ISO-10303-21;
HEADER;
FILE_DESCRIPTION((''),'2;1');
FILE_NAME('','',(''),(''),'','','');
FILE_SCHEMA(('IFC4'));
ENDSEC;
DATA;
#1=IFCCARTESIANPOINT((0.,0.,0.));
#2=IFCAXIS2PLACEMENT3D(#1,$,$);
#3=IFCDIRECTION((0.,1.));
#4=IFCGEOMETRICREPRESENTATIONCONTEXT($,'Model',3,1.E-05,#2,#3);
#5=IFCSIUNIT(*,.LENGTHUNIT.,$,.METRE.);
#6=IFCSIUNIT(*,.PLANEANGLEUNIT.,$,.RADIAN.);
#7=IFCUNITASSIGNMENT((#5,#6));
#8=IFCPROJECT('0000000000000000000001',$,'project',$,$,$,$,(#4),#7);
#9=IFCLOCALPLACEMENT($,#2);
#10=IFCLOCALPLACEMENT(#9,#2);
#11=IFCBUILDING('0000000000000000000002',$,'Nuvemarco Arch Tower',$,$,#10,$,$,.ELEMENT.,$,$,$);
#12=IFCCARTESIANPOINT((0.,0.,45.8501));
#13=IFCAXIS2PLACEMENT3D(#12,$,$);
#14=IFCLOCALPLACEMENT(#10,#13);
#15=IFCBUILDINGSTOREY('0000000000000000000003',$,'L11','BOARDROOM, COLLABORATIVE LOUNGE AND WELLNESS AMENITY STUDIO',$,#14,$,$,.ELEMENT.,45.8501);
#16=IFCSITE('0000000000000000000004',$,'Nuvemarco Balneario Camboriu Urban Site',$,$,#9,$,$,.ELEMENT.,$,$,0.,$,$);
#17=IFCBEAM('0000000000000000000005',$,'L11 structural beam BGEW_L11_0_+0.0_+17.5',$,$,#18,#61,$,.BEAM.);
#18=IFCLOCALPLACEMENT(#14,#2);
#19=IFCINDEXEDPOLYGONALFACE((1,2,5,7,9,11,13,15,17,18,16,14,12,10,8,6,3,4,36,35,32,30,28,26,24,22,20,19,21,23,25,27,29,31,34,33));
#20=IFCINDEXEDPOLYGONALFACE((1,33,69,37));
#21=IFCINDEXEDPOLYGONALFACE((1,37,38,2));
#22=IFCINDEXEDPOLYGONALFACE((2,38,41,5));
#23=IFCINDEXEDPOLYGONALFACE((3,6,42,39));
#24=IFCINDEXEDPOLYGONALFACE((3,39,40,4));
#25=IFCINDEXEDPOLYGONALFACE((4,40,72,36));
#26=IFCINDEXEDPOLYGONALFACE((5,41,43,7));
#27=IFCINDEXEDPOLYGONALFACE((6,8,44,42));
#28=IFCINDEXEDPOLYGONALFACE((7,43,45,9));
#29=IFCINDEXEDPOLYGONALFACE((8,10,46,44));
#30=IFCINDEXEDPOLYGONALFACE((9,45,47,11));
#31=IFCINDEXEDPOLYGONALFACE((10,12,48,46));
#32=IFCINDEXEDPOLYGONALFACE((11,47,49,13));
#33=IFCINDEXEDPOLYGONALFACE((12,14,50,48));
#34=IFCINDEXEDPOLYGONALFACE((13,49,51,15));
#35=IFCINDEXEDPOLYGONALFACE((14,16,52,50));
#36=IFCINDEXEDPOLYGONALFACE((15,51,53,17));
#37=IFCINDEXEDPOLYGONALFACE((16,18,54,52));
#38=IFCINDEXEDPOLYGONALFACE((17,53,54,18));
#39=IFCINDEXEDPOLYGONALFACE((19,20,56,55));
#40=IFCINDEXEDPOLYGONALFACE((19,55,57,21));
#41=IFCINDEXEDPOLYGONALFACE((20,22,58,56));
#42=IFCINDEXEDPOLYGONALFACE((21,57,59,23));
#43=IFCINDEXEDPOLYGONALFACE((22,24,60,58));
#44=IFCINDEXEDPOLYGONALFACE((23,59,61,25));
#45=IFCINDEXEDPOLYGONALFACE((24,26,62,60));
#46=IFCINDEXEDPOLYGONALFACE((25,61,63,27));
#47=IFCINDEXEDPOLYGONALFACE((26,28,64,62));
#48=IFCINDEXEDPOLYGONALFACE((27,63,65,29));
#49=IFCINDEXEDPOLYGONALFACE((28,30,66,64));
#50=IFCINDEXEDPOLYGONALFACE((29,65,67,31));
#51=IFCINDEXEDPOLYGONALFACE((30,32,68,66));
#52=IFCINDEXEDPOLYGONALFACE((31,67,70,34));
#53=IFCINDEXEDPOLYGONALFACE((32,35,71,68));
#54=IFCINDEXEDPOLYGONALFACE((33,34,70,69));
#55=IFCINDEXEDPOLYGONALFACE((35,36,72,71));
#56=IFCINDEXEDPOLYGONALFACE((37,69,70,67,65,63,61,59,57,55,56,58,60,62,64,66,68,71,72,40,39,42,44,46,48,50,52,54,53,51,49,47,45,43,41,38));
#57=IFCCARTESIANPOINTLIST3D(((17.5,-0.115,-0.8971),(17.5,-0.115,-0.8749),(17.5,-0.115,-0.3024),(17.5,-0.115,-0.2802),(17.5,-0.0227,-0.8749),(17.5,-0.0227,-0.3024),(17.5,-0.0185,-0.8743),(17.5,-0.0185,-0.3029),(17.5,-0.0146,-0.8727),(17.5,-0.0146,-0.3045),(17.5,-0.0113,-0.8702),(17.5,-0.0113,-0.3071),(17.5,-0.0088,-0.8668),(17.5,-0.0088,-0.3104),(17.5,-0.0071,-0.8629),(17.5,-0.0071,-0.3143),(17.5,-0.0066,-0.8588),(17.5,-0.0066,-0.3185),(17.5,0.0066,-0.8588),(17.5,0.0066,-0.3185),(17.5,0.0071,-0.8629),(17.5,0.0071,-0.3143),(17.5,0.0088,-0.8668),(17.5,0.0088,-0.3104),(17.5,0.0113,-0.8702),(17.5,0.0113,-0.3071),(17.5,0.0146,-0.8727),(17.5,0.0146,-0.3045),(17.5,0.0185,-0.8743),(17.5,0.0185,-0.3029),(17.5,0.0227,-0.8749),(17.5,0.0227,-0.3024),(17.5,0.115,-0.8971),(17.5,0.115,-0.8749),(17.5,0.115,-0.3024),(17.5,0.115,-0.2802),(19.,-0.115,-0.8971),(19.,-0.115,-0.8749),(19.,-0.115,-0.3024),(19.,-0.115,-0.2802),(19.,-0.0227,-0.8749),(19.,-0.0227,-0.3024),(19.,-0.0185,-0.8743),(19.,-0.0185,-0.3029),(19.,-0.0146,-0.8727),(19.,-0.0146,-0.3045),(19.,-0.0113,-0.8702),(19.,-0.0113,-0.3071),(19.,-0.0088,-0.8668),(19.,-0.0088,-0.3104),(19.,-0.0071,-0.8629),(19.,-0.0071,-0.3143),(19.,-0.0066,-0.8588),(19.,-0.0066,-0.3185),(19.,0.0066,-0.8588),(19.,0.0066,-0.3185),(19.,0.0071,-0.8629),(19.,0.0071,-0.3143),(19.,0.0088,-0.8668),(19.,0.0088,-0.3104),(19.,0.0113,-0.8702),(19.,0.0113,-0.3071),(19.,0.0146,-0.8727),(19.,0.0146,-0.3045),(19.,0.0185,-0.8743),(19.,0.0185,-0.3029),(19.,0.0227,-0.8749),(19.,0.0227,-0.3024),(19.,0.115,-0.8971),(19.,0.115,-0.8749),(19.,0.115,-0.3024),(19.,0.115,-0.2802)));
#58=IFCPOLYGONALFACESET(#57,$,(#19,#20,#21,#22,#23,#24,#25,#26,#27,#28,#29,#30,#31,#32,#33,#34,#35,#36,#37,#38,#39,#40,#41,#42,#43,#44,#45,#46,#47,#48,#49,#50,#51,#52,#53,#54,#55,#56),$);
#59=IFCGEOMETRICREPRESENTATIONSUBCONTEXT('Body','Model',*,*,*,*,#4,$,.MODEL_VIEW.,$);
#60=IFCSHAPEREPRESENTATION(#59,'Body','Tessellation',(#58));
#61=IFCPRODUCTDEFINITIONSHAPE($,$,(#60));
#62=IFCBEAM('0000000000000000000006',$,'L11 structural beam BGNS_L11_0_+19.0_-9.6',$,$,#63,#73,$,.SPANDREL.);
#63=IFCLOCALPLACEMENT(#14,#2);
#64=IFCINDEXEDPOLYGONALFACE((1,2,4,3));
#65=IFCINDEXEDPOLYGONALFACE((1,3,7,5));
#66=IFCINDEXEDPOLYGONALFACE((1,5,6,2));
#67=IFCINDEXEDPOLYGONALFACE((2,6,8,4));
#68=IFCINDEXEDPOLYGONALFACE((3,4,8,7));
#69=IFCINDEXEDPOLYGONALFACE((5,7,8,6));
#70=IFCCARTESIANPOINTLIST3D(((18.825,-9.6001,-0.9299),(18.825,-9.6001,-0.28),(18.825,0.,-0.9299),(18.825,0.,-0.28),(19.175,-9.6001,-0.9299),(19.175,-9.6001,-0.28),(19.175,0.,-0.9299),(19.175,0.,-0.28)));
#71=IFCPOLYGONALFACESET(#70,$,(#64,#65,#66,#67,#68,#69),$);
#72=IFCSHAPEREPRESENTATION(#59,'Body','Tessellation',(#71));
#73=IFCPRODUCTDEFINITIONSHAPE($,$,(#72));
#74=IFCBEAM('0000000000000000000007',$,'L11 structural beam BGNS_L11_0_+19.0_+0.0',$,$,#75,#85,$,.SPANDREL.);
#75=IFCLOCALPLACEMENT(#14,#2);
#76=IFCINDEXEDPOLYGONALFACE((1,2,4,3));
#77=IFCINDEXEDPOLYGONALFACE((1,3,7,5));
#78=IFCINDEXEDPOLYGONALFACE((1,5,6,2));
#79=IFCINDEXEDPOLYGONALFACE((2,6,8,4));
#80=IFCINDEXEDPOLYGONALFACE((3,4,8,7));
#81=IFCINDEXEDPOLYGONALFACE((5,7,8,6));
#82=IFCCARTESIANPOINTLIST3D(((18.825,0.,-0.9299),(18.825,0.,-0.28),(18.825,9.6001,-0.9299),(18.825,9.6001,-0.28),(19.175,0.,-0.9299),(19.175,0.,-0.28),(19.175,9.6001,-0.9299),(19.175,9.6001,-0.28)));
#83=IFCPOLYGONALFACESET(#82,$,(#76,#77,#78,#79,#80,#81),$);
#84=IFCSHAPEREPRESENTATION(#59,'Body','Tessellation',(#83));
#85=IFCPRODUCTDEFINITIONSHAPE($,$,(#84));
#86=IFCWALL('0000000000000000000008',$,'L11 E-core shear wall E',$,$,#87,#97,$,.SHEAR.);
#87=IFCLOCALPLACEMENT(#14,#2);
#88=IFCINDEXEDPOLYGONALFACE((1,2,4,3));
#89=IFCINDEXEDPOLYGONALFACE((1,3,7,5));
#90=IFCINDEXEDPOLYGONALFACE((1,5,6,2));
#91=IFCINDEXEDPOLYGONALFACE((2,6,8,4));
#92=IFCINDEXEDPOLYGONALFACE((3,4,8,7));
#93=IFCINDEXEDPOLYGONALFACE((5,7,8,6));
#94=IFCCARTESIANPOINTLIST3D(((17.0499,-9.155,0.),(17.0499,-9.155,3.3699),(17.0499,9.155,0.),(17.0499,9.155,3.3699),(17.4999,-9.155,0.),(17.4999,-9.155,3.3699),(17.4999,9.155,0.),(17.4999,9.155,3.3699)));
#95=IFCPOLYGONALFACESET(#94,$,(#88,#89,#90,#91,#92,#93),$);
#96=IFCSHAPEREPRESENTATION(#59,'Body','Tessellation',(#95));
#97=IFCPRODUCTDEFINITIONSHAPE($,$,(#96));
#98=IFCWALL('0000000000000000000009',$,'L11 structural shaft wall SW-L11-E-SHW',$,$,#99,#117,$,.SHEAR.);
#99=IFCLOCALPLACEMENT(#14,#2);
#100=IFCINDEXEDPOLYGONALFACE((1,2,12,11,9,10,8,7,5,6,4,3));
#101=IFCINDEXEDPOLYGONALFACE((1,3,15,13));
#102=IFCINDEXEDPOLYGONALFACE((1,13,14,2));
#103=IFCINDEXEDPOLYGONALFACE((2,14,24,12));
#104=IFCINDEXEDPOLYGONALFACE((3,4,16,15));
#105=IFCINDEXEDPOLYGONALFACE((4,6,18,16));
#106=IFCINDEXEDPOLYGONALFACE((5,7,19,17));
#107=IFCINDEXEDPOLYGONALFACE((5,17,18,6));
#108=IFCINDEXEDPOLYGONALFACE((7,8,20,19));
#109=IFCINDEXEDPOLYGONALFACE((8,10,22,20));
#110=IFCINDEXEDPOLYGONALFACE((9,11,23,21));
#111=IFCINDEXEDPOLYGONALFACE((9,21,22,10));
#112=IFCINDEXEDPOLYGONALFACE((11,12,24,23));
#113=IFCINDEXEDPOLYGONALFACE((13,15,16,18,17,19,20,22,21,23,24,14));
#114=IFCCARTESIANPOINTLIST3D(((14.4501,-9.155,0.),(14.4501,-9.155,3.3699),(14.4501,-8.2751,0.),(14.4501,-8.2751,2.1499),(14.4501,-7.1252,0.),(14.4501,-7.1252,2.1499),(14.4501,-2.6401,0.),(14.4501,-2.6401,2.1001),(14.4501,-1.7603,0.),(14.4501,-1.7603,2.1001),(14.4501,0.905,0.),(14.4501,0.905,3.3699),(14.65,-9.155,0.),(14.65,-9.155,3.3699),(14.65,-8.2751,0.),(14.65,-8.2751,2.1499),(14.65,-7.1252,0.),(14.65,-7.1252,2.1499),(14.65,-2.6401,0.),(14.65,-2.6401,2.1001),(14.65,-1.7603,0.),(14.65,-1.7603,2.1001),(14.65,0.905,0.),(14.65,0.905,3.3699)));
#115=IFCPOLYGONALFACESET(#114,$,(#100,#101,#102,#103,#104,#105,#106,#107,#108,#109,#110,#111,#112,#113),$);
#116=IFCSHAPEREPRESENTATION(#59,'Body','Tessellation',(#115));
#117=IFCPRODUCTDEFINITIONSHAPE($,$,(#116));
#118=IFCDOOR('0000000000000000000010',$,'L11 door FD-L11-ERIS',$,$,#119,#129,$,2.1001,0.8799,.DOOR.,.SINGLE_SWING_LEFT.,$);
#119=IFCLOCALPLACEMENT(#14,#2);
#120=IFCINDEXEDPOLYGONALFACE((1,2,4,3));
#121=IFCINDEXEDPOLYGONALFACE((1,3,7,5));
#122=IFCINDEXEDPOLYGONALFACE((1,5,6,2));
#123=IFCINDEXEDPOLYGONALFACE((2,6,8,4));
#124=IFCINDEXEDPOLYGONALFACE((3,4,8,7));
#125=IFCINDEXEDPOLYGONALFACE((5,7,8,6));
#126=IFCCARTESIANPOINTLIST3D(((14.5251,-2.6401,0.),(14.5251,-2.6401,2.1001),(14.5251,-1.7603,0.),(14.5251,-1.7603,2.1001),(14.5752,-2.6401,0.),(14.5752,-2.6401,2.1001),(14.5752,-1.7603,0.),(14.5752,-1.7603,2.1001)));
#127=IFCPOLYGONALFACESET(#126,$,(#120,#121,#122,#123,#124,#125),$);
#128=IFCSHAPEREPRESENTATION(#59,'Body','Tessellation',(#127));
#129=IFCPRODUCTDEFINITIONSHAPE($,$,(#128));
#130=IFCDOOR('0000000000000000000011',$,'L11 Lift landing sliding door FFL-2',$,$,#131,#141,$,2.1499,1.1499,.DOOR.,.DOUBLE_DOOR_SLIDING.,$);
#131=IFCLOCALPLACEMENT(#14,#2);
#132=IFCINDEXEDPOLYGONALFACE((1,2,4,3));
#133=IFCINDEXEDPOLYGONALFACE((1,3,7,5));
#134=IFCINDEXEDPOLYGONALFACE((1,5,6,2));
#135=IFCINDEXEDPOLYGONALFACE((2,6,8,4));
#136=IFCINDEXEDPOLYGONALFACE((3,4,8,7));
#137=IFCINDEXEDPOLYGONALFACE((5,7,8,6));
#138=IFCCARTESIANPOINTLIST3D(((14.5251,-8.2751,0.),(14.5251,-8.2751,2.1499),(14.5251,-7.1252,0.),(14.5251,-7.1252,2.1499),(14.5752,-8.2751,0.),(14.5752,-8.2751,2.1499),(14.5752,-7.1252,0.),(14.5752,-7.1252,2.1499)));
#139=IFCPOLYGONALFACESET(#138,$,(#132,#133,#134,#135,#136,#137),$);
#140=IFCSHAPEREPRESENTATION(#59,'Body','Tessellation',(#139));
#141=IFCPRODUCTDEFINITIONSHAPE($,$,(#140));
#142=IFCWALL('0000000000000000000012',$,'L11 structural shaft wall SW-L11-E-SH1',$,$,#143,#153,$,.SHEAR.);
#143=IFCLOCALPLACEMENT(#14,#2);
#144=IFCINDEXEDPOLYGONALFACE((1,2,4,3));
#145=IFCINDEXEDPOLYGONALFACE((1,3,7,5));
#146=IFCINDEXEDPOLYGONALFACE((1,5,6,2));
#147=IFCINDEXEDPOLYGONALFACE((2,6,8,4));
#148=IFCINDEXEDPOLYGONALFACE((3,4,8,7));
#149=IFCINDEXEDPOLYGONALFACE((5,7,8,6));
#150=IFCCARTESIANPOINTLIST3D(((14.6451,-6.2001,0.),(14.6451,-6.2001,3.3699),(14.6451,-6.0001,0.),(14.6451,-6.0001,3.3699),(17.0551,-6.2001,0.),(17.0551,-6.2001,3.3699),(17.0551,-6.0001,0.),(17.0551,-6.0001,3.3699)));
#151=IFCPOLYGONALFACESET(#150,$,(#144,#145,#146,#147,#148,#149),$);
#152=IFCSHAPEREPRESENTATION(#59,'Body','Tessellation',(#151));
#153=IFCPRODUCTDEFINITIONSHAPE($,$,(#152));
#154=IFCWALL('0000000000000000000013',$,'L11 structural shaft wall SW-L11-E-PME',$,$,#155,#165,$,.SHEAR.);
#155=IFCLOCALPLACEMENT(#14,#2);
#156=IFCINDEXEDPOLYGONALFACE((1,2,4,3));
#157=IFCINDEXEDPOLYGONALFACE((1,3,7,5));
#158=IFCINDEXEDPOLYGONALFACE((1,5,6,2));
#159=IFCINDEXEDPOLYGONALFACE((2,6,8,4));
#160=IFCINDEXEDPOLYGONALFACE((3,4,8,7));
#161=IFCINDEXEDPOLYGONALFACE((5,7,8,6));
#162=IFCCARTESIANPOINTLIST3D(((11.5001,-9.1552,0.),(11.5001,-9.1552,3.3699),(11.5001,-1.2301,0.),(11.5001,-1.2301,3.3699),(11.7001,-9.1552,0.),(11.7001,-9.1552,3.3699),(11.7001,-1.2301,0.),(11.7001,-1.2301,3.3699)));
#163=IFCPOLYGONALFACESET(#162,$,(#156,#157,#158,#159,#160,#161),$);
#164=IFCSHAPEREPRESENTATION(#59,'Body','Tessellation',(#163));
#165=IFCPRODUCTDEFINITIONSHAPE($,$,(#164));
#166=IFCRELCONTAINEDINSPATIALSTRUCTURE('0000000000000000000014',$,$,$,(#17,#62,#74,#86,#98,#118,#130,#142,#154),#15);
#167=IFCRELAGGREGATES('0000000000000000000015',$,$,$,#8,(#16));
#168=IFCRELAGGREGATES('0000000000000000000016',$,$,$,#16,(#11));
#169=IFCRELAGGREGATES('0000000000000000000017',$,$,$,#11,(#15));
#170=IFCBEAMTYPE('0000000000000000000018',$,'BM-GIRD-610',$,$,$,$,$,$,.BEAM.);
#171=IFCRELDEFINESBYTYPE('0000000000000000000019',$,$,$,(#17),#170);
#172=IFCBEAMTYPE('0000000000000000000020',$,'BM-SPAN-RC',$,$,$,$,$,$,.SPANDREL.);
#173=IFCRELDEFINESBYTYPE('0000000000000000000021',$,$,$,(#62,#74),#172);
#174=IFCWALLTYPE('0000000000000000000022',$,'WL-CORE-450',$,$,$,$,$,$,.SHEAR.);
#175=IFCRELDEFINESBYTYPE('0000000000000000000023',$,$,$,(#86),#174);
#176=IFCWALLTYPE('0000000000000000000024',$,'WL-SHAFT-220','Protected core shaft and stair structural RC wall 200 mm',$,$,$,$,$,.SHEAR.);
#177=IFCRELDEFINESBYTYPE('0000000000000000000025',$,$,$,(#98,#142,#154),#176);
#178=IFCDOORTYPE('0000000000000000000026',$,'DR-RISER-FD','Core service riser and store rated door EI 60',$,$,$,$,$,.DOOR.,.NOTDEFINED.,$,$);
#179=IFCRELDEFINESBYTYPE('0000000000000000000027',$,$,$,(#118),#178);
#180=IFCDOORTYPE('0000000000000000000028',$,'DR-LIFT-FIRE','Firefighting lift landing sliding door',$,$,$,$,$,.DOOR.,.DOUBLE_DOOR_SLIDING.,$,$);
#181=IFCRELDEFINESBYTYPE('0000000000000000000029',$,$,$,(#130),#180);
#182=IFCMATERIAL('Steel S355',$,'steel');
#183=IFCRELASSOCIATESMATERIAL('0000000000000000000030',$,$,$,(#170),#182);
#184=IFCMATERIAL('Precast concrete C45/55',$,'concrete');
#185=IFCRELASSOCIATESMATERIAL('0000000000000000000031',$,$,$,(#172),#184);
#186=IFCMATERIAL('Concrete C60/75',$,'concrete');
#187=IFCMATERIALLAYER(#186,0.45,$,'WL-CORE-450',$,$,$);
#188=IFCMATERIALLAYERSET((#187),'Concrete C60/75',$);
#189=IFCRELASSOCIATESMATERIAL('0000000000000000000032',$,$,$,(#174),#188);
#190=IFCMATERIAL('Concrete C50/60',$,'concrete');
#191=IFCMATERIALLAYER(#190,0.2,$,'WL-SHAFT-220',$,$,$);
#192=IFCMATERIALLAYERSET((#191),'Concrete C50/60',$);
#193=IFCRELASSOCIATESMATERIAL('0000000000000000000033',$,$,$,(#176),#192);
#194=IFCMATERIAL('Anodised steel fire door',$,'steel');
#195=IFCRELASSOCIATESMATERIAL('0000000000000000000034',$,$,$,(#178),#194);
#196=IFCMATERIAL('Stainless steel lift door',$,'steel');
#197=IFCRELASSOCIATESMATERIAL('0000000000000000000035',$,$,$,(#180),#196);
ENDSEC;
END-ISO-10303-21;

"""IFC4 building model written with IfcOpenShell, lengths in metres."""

from ifc_helpers import new_model, si_unit, direction, frame, frame_2d, origin, origin_2d, place, context, subcontext, project, spatial, rectangle, i_section, extrude, source, transform, mapped, material, layer, layer_set, material_profile, profile_set, type_object, type_shapes, element, fill, save


model = new_model("IFC4")

# Units and contexts
model_context = context("Model", 3, precision=1e-05, world=origin(), true_north=direction((0.0, 1.0)))
body_context = subcontext(model_context, "Body", "Model", "MODEL_VIEW")
ifc_project = project(units=[si_unit("LENGTHUNIT", "METRE"), si_unit("PLANEANGLEUNIT", "RADIAN")], contexts=[model_context])

# Site, building, storey
site_placement = place(None, origin())
site = spatial("IfcSite", under=ifc_project, at=site_placement, Name="Nuvemarco Balneario Camboriu Urban Site", CompositionType="ELEMENT", RefElevation=0.0)
building_placement = place(site_placement, origin())
building = spatial("IfcBuilding", under=site, at=building_placement, Name="Nuvemarco Arch Tower", CompositionType="ELEMENT")
storey_placement = place(building_placement, frame((0.0, 0.0, 45.8501)))
storey = spatial("IfcBuildingStorey", under=building, at=storey_placement, Name="L11", Description="BOARDROOM, COLLABORATIVE LOUNGE AND WELLNESS AMENITY STUDIO", CompositionType="ELEMENT", Elevation=45.8501)

# Shared definitions
ifc_material_1 = material(Name="Concrete C60/75", Category="concrete")

# Beams
ifc_material_2 = material(Name="Steel S355", Category="steel")
ifc_material_profile_1 = material_profile(ifc_material_2, i_section(OverallWidth=0.23, OverallDepth=0.6169, WebThickness=0.0132, FlangeThickness=0.0222, FilletRadius=0.0161, at=origin_2d()), Name="W610x140")
ifc_profile_set_1 = profile_set([ifc_material_profile_1], Name="Steel S355")
beam_type_1 = type_object("IfcBeamType", Name="BM-GIRD-610", PredefinedType="BEAM", material=ifc_profile_set_1)
for number, where, z_axis, x_axis, name in (
    (1, (17.5, 0.0, -0.5886), (1.0, 0.0, 0.0), (0.0, 1.0, 0.0), "L11 structural beam BGEW_L11_0_+0.0_+17.5"),
):
    element("IfcBeam", number, at=place(storey_placement, frame(where, z_axis=z_axis, x_axis=x_axis)), inside=storey, type_object=beam_type_1, Name=name, PredefinedType="BEAM", context=body_context, shape_type="SweptSolid", body=[
        extrude(i_section(OverallWidth=0.23, OverallDepth=0.6169, WebThickness=0.0132, FlangeThickness=0.0222, FilletRadius=0.0161, at=origin_2d()), origin(), (0.0, 0.0, 1.0), 1.5),
    ])
ifc_material_3 = material(Name="Precast concrete C45/55", Category="concrete")
ifc_material_profile_2 = material_profile(ifc_material_3, rectangle(XDim=0.3501, YDim=0.6499, at=origin_2d()), Name="PC-SP-350x650")
ifc_profile_set_2 = profile_set([ifc_material_profile_2], Name="Precast concrete C45/55")
beam_type_2 = type_object("IfcBeamType", Name="BM-SPAN-RC", PredefinedType="SPANDREL", material=ifc_profile_set_2)
for number, where, z_axis, x_axis, name in (
    (2, (19.0, -9.6001, -0.605), (0.0, 1.0, 0.0), (-1.0, 0.0, 0.0), "L11 structural beam BGNS_L11_0_+19.0_-9.6"),
    (3, (19.0, 0.0, -0.605), (0.0, 1.0, 0.0), (-1.0, 0.0, 0.0), "L11 structural beam BGNS_L11_0_+19.0_+0.0"),
):
    element("IfcBeam", number, at=place(storey_placement, frame(where, z_axis=z_axis, x_axis=x_axis)), inside=storey, type_object=beam_type_2, Name=name, PredefinedType="SPANDREL", context=body_context, shape_type="SweptSolid", body=[
        extrude(rectangle(XDim=0.3501, YDim=0.6499, at=origin_2d()), origin(), (0.0, 0.0, 1.0), 9.6001),
    ])

# Wall
ifc_layer_1 = layer(ifc_material_1, 0.45, Name="WL-CORE-450")
ifc_layer_set_1 = layer_set([ifc_layer_1], Name="Concrete C60/75")
wall_type_1 = type_object("IfcWallType", Name="WL-CORE-450", PredefinedType="SHEAR", material=ifc_layer_set_1)
wall_1_placement = place(storey_placement, frame((17.2749, -9.155, 0.0), z_axis=(0.0, 0.0, 1.0), x_axis=(0.0, 1.0, 0.0)))
element("IfcWall", 4, at=wall_1_placement, inside=storey, type_object=wall_type_1, Name="L11 E-core shear wall E", PredefinedType="SHEAR", context=body_context, shape_type="SweptSolid", body=[
    extrude(rectangle(XDim=18.3101, YDim=0.45, at=frame_2d((9.155, 0.0))), origin(), (0.0, 0.0, 1.0), 3.3699),
])

# Wall, openings, doors
ifc_material_4 = material(Name="Concrete C50/60", Category="concrete")
ifc_layer_2 = layer(ifc_material_4, 0.2, Name="WL-SHAFT-220")
ifc_layer_set_2 = layer_set([ifc_layer_2], Name="Concrete C50/60")
wall_type_2 = type_object("IfcWallType", Name="WL-SHAFT-220", Description="Protected core shaft and stair structural RC wall 200 mm", PredefinedType="SHEAR", material=ifc_layer_set_2)
wall_2_placement = place(storey_placement, frame((14.55, -9.155, 0.0), z_axis=(0.0, 0.0, 1.0), x_axis=(0.0, 1.0, 0.0)))
wall_2 = element("IfcWall", 5, at=wall_2_placement, inside=storey, type_object=wall_type_2, Name="L11 structural shaft wall SW-L11-E-SHW", PredefinedType="SHEAR", context=body_context, shape_type="SweptSolid", body=[
    extrude(rectangle(XDim=10.0601, YDim=0.2, at=frame_2d((5.03, 0.0))), origin(), (0.0, 0.0, 1.0), 3.3699),
])
opening_1_placement = place(wall_2_placement, frame((6.5149, 0.0, 0.0)))
opening_1 = element("IfcOpeningElement", 6, at=opening_1_placement, cuts=wall_2, PredefinedType="OPENING", context=body_context, shape_type="SweptSolid", body=[
    extrude(rectangle(XDim=0.8799, YDim=2.1001, at=frame_2d((0.4399, 1.05))), frame((0.0, 0.1099, 0.0), z_axis=(0.0, -1.0, 0.0), x_axis=(1.0, 0.0, 0.0)), (0.0, 0.0, 1.0), 0.22),
])
opening_2_placement = place(wall_2_placement, frame((0.8799, 0.0, 0.0)))
opening_2 = element("IfcOpeningElement", 7, at=opening_2_placement, cuts=wall_2, PredefinedType="OPENING", context=body_context, shape_type="SweptSolid", body=[
    extrude(rectangle(XDim=1.1499, YDim=2.1499, at=frame_2d((0.575, 1.075))), frame((0.0, 0.1099, 0.0), z_axis=(0.0, -1.0, 0.0), x_axis=(1.0, 0.0, 0.0)), (0.0, 0.0, 1.0), 0.22),
])
ifc_material_5 = material(Name="Anodised steel fire door", Category="steel")
door_type_1 = type_object("IfcDoorType", Name="DR-RISER-FD", Description="Core service riser and store rated door EI 60", OperationType="NOTDEFINED", PredefinedType="DOOR", material=ifc_material_5)
shared_shape_1 = source(origin(), body_context, "Body", "SweptSolid", [
    extrude(rectangle(XDim=0.8799, YDim=2.1001, at=frame_2d((0.4399, 1.05))), frame((0.0, 0.0249, 0.0), z_axis=(0.0, -1.0, 0.0), x_axis=(1.0, 0.0, 0.0)), (0.0, 0.0, 1.0), 0.05),
])
type_shapes(door_type_1, [shared_shape_1])
door_1_placement = place(opening_1_placement, origin())
door_1 = element("IfcDoor", 8, at=door_1_placement, inside=storey, type_object=door_type_1, Name="L11 door FD-L11-ERIS", OperationType="SINGLE_SWING_LEFT", OverallHeight=2.1001, OverallWidth=0.8799, PredefinedType="DOOR", context=body_context, shape_type="MappedRepresentation", body=[
    mapped(shared_shape_1, transform((0.0, 0.0, 0.0), scale=1.0)),
])
fill(opening_1, door_1)
ifc_material_6 = material(Name="Stainless steel lift door", Category="steel")
door_type_2 = type_object("IfcDoorType", Name="DR-LIFT-FIRE", Description="Firefighting lift landing sliding door", OperationType="DOUBLE_DOOR_SLIDING", PredefinedType="DOOR", material=ifc_material_6)
shared_shape_2 = source(origin(), body_context, "Body", "SweptSolid", [
    extrude(rectangle(XDim=1.1499, YDim=2.1499, at=frame_2d((0.575, 1.075))), frame((0.0, 0.0249, 0.0), z_axis=(0.0, -1.0, 0.0), x_axis=(1.0, 0.0, 0.0)), (0.0, 0.0, 1.0), 0.05),
])
type_shapes(door_type_2, [shared_shape_2])
door_2_placement = place(opening_2_placement, origin())
door_2 = element("IfcDoor", 9, at=door_2_placement, inside=storey, type_object=door_type_2, Name="L11 Lift landing sliding door FFL-2", OperationType="DOUBLE_DOOR_SLIDING", OverallHeight=2.1499, OverallWidth=1.1499, PredefinedType="DOOR", context=body_context, shape_type="MappedRepresentation", body=[
    mapped(shared_shape_2, transform((0.0, 0.0, 0.0), scale=1.0)),
])
fill(opening_2, door_2)

# Walls
wall_3_placement = place(storey_placement, frame((14.645, -6.1001, 0.0), z_axis=(0.0, 0.0, 1.0), x_axis=(1.0, 0.0, 0.0)))
element("IfcWall", 10, at=wall_3_placement, inside=storey, type_object=wall_type_2, Name="L11 structural shaft wall SW-L11-E-SH1", PredefinedType="SHEAR", context=body_context, shape_type="SweptSolid", body=[
    extrude(rectangle(XDim=2.4099, YDim=0.2, at=frame_2d((1.2051, 0.0))), origin(), (0.0, 0.0, 1.0), 3.3699),
])
wall_4_placement = place(storey_placement, frame((11.6001, -9.155, 0.0), z_axis=(0.0, 0.0, 1.0), x_axis=(0.0, 1.0, 0.0)))
element("IfcWall", 11, at=wall_4_placement, inside=storey, type_object=wall_type_2, Name="L11 structural shaft wall SW-L11-E-PME", PredefinedType="SHEAR", context=body_context, shape_type="SweptSolid", body=[
    extrude(rectangle(XDim=7.925, YDim=0.2, at=frame_2d((3.9624, 0.0))), origin(), (0.0, 0.0, 1.0), 3.3699),
])

save(model, "model.ifc")
